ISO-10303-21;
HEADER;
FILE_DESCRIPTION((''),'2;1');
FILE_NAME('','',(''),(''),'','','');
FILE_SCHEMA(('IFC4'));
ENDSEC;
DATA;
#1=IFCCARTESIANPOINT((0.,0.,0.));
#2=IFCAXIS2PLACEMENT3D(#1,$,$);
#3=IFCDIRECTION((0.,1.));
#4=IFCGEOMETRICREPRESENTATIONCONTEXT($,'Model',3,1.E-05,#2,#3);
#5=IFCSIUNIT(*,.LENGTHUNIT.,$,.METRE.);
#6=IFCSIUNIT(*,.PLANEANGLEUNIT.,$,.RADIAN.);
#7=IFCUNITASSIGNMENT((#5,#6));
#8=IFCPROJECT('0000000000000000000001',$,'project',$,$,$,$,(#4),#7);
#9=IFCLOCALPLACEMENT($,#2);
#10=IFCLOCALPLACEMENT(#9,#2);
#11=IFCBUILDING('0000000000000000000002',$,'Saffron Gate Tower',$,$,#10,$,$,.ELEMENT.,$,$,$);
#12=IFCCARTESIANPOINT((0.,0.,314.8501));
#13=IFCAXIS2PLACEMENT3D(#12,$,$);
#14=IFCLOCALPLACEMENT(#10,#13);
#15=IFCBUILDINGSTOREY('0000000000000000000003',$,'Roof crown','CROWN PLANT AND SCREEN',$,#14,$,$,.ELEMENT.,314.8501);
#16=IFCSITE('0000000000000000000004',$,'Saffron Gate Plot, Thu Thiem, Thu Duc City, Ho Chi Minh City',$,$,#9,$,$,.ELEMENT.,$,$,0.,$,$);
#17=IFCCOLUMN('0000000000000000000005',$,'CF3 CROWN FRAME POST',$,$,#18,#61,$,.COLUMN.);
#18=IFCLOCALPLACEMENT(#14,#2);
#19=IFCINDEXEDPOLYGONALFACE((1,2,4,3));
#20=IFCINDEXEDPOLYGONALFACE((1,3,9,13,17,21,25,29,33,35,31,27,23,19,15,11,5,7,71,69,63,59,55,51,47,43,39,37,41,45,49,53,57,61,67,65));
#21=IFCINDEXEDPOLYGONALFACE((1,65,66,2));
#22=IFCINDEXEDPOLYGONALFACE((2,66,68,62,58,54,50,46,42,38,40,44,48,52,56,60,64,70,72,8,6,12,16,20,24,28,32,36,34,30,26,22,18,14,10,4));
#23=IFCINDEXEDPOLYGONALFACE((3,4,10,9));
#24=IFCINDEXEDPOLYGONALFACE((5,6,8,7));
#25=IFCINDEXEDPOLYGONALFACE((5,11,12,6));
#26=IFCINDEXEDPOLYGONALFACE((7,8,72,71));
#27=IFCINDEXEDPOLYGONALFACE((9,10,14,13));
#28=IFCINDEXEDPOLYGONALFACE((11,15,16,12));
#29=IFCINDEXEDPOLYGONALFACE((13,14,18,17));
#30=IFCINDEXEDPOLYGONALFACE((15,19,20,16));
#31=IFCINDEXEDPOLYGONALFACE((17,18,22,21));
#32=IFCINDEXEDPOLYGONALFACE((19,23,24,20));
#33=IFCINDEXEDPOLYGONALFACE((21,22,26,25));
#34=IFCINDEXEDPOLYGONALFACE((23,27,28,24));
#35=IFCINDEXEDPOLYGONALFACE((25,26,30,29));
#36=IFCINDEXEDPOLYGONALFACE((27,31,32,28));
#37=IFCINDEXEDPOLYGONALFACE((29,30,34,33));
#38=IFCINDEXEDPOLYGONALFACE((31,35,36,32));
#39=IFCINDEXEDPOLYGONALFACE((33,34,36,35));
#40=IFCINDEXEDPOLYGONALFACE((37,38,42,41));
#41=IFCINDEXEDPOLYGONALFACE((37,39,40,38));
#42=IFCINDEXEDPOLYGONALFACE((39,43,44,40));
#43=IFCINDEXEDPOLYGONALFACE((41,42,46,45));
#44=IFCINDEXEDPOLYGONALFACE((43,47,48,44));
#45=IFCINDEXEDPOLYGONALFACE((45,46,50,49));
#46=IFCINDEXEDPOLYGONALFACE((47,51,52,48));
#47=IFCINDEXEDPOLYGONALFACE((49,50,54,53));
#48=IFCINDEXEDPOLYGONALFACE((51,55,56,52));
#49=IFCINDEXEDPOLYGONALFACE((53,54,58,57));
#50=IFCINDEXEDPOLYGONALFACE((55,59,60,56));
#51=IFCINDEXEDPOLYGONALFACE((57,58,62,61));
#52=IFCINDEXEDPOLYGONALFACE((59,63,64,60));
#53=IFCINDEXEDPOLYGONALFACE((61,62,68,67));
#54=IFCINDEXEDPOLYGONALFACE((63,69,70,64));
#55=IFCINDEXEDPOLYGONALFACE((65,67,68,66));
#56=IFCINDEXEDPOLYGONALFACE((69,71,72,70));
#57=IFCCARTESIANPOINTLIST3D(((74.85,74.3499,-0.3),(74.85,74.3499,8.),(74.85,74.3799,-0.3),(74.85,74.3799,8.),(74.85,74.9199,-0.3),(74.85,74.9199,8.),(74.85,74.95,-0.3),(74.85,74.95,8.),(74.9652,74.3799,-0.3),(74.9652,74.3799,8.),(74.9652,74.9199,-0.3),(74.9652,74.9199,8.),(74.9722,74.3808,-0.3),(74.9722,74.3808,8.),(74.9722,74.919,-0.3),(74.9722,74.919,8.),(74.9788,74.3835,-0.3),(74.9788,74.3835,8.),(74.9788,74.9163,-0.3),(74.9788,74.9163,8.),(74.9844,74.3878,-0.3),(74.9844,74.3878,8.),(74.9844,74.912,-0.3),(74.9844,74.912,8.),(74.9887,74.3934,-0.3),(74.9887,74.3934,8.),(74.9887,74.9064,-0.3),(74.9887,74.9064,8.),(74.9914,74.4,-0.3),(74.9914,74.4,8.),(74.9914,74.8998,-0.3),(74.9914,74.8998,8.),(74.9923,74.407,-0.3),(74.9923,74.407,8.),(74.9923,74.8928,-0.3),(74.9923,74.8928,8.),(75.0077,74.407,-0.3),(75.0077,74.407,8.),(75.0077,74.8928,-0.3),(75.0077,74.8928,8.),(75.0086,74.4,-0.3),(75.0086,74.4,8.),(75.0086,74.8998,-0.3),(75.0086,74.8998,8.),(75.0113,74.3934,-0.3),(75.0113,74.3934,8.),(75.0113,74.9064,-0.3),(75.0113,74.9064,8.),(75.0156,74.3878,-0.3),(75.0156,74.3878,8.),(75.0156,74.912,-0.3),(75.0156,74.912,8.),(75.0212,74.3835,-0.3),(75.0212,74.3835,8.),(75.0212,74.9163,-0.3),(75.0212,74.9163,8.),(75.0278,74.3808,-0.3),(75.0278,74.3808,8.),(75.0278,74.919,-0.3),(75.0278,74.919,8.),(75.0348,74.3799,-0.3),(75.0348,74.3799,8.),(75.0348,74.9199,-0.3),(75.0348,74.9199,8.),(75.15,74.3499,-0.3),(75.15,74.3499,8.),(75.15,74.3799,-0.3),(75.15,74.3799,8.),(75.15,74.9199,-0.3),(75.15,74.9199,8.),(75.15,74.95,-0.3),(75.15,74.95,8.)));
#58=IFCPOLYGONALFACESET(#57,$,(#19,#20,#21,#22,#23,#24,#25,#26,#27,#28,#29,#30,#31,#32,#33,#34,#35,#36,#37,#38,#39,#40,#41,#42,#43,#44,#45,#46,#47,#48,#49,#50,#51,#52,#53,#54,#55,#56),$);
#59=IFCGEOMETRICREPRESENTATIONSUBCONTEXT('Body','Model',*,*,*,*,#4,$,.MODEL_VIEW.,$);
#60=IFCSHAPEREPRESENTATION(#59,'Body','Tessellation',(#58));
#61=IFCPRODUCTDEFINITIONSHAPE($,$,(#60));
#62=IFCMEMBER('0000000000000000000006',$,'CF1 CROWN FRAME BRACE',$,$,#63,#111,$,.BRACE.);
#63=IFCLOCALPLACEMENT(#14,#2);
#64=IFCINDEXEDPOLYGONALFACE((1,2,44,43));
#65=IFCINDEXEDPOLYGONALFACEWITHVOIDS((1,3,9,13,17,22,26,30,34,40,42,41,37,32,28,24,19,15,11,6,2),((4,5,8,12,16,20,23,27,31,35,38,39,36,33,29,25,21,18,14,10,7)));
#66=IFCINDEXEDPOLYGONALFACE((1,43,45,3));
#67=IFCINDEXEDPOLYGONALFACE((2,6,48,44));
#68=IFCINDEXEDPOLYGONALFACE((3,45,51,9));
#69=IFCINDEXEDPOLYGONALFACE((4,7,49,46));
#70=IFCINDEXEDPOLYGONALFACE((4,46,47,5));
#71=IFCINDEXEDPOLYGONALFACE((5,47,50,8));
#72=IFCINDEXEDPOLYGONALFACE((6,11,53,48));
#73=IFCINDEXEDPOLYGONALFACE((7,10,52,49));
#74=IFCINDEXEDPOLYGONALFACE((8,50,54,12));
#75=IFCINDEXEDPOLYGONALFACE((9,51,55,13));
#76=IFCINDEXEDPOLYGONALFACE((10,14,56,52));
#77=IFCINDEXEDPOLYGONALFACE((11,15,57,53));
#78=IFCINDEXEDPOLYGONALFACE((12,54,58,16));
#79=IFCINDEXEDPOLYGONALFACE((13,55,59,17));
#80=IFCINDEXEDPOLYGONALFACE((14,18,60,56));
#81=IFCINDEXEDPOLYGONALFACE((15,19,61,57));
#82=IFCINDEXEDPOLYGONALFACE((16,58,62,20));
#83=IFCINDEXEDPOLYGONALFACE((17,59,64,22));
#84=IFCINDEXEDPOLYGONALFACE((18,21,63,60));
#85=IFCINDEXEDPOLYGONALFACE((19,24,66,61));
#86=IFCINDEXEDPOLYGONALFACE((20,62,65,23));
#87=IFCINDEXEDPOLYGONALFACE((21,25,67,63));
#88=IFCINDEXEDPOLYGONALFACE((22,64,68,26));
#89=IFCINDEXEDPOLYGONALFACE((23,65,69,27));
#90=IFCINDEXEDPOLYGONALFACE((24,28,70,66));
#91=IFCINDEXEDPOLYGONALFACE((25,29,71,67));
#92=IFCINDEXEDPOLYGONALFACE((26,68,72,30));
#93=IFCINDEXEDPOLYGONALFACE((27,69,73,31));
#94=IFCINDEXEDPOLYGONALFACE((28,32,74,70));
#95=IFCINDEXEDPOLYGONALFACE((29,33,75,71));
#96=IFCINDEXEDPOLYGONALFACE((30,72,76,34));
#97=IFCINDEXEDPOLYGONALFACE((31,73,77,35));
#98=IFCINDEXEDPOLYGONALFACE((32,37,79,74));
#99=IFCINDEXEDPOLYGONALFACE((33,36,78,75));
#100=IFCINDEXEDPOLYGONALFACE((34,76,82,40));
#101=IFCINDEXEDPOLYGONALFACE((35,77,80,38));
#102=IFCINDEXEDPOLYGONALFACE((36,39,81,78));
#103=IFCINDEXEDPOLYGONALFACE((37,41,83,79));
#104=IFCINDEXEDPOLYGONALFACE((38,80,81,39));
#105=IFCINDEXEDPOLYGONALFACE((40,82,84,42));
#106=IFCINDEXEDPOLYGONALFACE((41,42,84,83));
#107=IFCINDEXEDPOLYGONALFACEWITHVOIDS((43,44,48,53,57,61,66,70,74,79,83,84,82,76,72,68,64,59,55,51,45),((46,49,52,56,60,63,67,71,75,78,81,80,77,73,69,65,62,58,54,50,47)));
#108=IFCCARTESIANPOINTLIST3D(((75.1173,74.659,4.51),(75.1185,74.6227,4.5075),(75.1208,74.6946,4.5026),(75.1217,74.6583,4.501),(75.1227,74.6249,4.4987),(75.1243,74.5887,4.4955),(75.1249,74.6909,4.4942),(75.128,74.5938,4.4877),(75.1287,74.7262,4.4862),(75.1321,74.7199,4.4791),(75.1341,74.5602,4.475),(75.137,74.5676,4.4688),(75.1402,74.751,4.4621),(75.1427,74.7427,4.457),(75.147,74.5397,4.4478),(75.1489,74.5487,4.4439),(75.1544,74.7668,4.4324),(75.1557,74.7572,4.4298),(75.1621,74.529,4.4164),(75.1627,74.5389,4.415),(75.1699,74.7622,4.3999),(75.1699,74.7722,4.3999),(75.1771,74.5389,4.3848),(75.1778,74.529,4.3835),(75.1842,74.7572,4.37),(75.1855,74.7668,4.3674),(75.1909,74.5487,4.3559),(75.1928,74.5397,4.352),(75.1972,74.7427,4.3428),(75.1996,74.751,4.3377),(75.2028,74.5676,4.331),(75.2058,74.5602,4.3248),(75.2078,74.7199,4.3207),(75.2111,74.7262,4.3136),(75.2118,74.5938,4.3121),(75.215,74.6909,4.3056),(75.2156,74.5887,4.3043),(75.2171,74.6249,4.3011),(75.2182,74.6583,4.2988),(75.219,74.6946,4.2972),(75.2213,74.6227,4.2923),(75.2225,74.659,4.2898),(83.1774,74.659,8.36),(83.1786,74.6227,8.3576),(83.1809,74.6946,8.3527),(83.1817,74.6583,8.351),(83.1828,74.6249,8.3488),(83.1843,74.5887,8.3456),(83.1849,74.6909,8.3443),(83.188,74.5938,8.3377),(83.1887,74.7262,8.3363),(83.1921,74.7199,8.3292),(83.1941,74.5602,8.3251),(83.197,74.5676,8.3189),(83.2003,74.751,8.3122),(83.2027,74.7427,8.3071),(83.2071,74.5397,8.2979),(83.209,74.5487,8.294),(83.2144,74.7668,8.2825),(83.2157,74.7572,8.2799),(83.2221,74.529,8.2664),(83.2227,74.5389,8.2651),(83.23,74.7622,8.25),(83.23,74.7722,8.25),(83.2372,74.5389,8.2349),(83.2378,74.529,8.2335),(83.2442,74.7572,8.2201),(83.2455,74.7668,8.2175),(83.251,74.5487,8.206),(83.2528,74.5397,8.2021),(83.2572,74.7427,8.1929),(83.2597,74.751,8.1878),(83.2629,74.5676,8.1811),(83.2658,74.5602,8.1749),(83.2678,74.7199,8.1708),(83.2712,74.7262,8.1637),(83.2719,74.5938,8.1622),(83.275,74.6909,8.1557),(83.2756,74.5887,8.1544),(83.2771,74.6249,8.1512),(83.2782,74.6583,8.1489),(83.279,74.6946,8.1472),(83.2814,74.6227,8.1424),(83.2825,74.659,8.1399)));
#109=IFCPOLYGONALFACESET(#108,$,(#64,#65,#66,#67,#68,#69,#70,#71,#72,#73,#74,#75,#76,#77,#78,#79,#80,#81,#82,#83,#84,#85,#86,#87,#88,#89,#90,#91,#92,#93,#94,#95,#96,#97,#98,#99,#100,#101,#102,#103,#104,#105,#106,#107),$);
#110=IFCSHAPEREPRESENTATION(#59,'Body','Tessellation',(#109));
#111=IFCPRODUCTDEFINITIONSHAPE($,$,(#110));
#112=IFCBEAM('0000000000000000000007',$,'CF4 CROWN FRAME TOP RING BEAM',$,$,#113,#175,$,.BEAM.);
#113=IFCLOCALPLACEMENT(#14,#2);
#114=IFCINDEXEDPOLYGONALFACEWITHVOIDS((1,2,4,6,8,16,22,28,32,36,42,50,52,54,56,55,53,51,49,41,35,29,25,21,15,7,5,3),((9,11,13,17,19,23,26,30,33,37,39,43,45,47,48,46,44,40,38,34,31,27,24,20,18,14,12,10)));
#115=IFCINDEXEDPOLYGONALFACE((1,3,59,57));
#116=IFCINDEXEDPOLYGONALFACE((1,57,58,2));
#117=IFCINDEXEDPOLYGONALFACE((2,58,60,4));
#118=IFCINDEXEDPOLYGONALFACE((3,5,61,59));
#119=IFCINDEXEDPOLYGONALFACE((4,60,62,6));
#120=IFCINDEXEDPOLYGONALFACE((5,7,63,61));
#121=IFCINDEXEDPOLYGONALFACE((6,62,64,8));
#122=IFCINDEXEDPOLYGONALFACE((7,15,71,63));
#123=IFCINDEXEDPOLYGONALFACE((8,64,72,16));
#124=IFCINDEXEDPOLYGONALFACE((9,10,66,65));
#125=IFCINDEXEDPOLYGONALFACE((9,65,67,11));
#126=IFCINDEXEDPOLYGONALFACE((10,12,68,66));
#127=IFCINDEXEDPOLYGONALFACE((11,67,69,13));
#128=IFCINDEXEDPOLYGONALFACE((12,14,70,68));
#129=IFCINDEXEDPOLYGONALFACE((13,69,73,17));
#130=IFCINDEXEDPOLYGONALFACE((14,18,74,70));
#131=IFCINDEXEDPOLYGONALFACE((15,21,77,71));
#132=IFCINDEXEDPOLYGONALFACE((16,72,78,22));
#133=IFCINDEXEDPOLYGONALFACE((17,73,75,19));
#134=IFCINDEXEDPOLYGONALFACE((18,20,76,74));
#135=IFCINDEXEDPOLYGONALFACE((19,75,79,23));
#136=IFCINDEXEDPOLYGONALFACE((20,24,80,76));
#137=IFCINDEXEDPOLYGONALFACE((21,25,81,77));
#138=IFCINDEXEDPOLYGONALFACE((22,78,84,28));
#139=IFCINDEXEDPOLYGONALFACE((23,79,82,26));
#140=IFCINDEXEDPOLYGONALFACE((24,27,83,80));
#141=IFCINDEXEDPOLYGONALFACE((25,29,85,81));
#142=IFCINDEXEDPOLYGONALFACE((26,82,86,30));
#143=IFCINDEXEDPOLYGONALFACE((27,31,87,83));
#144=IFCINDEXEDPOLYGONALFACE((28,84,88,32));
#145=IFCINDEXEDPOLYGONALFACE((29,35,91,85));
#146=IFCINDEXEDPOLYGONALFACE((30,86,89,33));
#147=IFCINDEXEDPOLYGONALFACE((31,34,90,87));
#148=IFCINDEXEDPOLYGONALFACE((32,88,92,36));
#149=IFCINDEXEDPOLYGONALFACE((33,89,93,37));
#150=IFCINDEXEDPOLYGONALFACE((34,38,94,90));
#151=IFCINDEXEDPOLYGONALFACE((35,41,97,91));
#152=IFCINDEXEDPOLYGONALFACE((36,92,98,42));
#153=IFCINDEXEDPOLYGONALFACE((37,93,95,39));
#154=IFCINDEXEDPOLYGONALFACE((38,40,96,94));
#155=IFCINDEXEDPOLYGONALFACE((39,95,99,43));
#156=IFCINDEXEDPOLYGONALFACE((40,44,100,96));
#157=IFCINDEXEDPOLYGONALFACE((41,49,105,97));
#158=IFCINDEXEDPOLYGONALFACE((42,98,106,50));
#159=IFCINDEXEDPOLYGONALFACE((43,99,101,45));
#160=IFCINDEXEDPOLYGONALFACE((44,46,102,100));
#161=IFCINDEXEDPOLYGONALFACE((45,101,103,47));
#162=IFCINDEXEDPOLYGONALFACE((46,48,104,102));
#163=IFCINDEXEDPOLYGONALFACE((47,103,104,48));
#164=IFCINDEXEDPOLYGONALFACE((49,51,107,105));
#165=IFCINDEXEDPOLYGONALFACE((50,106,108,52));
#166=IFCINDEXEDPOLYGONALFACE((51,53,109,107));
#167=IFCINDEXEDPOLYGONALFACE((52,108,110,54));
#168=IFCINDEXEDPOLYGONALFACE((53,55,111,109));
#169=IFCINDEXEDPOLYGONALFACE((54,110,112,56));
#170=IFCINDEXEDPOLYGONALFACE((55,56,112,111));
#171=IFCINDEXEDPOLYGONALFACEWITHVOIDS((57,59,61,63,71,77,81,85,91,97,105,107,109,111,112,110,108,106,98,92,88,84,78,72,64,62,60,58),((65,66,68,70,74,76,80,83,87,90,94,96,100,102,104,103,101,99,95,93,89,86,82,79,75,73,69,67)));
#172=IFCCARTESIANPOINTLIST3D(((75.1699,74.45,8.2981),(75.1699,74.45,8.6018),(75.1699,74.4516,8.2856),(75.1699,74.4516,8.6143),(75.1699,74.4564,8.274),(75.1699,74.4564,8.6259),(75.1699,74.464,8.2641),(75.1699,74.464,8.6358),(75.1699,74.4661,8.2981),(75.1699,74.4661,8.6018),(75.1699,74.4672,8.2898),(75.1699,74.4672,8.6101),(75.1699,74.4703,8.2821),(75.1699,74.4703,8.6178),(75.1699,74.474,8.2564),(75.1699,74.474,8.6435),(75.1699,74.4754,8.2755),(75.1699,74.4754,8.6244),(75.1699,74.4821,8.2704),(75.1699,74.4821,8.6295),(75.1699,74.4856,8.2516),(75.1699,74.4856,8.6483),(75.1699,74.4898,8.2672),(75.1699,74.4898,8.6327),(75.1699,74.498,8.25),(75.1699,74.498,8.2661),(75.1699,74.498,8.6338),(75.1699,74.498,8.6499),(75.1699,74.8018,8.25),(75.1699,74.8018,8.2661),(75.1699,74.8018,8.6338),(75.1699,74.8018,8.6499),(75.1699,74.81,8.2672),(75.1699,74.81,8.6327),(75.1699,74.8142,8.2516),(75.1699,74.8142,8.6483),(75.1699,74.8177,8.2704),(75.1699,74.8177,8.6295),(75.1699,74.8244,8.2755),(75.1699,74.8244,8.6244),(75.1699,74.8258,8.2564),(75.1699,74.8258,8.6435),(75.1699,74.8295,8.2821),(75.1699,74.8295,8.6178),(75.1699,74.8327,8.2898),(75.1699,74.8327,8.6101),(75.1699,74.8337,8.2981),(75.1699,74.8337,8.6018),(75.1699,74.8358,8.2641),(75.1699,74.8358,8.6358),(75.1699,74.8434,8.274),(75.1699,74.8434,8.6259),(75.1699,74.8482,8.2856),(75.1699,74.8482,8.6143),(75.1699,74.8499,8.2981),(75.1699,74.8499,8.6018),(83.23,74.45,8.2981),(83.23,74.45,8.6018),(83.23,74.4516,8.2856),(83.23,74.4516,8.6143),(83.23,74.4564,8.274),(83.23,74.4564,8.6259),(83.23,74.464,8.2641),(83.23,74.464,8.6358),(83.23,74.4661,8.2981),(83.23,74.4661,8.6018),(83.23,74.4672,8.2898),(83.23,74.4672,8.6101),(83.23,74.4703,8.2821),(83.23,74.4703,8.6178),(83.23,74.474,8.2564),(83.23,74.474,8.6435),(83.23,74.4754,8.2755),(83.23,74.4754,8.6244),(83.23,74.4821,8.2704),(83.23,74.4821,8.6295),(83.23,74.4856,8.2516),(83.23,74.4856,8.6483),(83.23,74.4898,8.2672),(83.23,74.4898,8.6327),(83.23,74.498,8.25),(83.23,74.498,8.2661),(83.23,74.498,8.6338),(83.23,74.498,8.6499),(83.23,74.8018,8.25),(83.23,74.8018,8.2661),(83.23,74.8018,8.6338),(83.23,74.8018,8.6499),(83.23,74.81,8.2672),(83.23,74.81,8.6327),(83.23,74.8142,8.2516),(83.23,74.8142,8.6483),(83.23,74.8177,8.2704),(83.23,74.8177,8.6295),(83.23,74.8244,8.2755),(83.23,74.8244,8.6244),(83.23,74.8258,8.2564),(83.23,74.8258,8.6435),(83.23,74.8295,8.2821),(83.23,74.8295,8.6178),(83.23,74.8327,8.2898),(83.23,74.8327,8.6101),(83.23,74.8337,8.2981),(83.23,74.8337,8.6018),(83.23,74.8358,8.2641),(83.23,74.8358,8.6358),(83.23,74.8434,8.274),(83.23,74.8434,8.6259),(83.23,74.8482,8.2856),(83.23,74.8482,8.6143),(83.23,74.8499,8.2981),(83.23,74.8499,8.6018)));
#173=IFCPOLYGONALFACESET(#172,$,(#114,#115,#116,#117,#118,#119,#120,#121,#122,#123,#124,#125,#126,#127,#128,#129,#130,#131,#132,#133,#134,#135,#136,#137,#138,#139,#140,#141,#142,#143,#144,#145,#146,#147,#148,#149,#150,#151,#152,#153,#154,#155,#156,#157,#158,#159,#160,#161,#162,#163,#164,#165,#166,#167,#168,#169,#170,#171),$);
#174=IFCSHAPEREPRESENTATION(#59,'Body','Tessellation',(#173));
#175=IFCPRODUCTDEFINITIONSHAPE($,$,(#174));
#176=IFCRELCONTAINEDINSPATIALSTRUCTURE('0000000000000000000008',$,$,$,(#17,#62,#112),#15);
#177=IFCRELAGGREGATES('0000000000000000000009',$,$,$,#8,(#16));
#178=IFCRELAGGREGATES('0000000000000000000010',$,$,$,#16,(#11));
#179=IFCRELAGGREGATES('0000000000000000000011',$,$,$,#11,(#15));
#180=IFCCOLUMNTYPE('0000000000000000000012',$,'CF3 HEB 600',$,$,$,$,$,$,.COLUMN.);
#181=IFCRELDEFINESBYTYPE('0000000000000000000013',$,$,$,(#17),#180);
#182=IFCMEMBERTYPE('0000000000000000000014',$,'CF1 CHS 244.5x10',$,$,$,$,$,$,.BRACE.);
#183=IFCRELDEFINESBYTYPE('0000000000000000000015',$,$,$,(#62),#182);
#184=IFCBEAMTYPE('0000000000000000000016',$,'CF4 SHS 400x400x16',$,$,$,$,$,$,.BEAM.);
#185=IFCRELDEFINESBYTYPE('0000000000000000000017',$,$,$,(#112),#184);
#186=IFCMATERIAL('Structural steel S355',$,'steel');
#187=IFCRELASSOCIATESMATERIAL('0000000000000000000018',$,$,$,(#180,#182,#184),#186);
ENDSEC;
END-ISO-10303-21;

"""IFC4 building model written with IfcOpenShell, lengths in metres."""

from ifc_helpers import new_model, si_unit, direction, frame, origin, origin_2d, place, context, subcontext, project, spatial, hollow_rectangle, hollow_circle, i_section, extrude, material, material_profile, profile_set, type_object, element, save


model = new_model("IFC4")

# Units and contexts
model_context = context("Model", 3, precision=1e-05, world=origin(), true_north=direction((0.0, 1.0)))
body_context = subcontext(model_context, "Body", "Model", "MODEL_VIEW")
ifc_project = project(units=[si_unit("LENGTHUNIT", "METRE"), si_unit("PLANEANGLEUNIT", "RADIAN")], contexts=[model_context])

# Site, building, storey
site_placement = place(None, origin())
site = spatial("IfcSite", under=ifc_project, at=site_placement, Name="Saffron Gate Plot, Thu Thiem, Thu Duc City, Ho Chi Minh City", CompositionType="ELEMENT", RefElevation=0.0)
building_placement = place(site_placement, origin())
building = spatial("IfcBuilding", under=site, at=building_placement, Name="Saffron Gate Tower", CompositionType="ELEMENT")
storey_placement = place(building_placement, frame((0.0, 0.0, 314.8501)))
storey = spatial("IfcBuildingStorey", under=building, at=storey_placement, Name="Roof crown", Description="CROWN PLANT AND SCREEN", CompositionType="ELEMENT", Elevation=314.8501)

# Column
ifc_material_1 = material(Name="Structural steel S355", Category="steel")
ifc_material_profile_1 = material_profile(ifc_material_1, i_section(OverallWidth=0.3, OverallDepth=0.6001, WebThickness=0.0154, FlangeThickness=0.03, FilletRadius=0.0271, at=origin_2d()))
ifc_profile_set_1 = profile_set([ifc_material_profile_1], Name="Structural steel S355")
column_type = type_object("IfcColumnType", Name="CF3 HEB 600", PredefinedType="COLUMN", material=ifc_profile_set_1)
column_placement = place(storey_placement, frame((75.0, 74.6499, -0.3), z_axis=(0.0, 0.0, 1.0), x_axis=(1.0, 0.0, 0.0)))
element("IfcColumn", 1, at=column_placement, inside=storey, type_object=column_type, Name="CF3 CROWN FRAME POST", PredefinedType="COLUMN", context=body_context, shape_type="SweptSolid", body=[
    extrude(i_section(OverallWidth=0.3, OverallDepth=0.6001, WebThickness=0.0154, FlangeThickness=0.03, FilletRadius=0.0271, at=origin_2d()), origin(), (0.0, 0.0, 1.0), 8.3),
])

# Member
ifc_material_profile_2 = material_profile(ifc_material_1, hollow_circle(Radius=0.1223, WallThickness=0.01, at=origin_2d()))
ifc_profile_set_2 = profile_set([ifc_material_profile_2], Name="Structural steel S355")
member_type_1 = type_object("IfcMemberType", Name="CF1 CHS 244.5x10", PredefinedType="BRACE", material=ifc_profile_set_2)
member_1_placement = place(storey_placement, frame((75.1699, 74.6499, 4.3999), z_axis=(0.902339, 0.0, 0.431026), x_axis=(0.0, 1.0, 0.0)))
element("IfcMember", 2, at=member_1_placement, inside=storey, type_object=member_type_1, Name="CF1 CROWN FRAME BRACE", PredefinedType="BRACE", context=body_context, shape_type="SweptSolid", body=[
    extrude(hollow_circle(Radius=0.1223, WallThickness=0.01, at=origin_2d()), origin(), (0.0, 0.0, 1.0), 8.9324),
])

# Beam
ifc_material_profile_3 = material_profile(ifc_material_1, hollow_rectangle(XDim=0.3999, YDim=0.3999, WallThickness=0.0161, InnerFilletRadius=0.032, OuterFilletRadius=0.0481, at=origin_2d()))
ifc_profile_set_3 = profile_set([ifc_material_profile_3], Name="Structural steel S355")
beam_type_1 = type_object("IfcBeamType", Name="CF4 SHS 400x400x16", PredefinedType="BEAM", material=ifc_profile_set_3)
beam_1_placement = place(storey_placement, frame((83.23, 74.6499, 8.45), z_axis=(-1.0, 0.0, 0.0), x_axis=(0.0, -1.0, 0.0)))
element("IfcBeam", 3, at=beam_1_placement, inside=storey, type_object=beam_type_1, Name="CF4 CROWN FRAME TOP RING BEAM", PredefinedType="BEAM", context=body_context, shape_type="SweptSolid", body=[
    extrude(hollow_rectangle(XDim=0.3999, YDim=0.3999, WallThickness=0.0161, InnerFilletRadius=0.032, OuterFilletRadius=0.0481, at=origin_2d()), origin(), (0.0, 0.0, 1.0), 8.0601),
])

save(model, "model.ifc")
